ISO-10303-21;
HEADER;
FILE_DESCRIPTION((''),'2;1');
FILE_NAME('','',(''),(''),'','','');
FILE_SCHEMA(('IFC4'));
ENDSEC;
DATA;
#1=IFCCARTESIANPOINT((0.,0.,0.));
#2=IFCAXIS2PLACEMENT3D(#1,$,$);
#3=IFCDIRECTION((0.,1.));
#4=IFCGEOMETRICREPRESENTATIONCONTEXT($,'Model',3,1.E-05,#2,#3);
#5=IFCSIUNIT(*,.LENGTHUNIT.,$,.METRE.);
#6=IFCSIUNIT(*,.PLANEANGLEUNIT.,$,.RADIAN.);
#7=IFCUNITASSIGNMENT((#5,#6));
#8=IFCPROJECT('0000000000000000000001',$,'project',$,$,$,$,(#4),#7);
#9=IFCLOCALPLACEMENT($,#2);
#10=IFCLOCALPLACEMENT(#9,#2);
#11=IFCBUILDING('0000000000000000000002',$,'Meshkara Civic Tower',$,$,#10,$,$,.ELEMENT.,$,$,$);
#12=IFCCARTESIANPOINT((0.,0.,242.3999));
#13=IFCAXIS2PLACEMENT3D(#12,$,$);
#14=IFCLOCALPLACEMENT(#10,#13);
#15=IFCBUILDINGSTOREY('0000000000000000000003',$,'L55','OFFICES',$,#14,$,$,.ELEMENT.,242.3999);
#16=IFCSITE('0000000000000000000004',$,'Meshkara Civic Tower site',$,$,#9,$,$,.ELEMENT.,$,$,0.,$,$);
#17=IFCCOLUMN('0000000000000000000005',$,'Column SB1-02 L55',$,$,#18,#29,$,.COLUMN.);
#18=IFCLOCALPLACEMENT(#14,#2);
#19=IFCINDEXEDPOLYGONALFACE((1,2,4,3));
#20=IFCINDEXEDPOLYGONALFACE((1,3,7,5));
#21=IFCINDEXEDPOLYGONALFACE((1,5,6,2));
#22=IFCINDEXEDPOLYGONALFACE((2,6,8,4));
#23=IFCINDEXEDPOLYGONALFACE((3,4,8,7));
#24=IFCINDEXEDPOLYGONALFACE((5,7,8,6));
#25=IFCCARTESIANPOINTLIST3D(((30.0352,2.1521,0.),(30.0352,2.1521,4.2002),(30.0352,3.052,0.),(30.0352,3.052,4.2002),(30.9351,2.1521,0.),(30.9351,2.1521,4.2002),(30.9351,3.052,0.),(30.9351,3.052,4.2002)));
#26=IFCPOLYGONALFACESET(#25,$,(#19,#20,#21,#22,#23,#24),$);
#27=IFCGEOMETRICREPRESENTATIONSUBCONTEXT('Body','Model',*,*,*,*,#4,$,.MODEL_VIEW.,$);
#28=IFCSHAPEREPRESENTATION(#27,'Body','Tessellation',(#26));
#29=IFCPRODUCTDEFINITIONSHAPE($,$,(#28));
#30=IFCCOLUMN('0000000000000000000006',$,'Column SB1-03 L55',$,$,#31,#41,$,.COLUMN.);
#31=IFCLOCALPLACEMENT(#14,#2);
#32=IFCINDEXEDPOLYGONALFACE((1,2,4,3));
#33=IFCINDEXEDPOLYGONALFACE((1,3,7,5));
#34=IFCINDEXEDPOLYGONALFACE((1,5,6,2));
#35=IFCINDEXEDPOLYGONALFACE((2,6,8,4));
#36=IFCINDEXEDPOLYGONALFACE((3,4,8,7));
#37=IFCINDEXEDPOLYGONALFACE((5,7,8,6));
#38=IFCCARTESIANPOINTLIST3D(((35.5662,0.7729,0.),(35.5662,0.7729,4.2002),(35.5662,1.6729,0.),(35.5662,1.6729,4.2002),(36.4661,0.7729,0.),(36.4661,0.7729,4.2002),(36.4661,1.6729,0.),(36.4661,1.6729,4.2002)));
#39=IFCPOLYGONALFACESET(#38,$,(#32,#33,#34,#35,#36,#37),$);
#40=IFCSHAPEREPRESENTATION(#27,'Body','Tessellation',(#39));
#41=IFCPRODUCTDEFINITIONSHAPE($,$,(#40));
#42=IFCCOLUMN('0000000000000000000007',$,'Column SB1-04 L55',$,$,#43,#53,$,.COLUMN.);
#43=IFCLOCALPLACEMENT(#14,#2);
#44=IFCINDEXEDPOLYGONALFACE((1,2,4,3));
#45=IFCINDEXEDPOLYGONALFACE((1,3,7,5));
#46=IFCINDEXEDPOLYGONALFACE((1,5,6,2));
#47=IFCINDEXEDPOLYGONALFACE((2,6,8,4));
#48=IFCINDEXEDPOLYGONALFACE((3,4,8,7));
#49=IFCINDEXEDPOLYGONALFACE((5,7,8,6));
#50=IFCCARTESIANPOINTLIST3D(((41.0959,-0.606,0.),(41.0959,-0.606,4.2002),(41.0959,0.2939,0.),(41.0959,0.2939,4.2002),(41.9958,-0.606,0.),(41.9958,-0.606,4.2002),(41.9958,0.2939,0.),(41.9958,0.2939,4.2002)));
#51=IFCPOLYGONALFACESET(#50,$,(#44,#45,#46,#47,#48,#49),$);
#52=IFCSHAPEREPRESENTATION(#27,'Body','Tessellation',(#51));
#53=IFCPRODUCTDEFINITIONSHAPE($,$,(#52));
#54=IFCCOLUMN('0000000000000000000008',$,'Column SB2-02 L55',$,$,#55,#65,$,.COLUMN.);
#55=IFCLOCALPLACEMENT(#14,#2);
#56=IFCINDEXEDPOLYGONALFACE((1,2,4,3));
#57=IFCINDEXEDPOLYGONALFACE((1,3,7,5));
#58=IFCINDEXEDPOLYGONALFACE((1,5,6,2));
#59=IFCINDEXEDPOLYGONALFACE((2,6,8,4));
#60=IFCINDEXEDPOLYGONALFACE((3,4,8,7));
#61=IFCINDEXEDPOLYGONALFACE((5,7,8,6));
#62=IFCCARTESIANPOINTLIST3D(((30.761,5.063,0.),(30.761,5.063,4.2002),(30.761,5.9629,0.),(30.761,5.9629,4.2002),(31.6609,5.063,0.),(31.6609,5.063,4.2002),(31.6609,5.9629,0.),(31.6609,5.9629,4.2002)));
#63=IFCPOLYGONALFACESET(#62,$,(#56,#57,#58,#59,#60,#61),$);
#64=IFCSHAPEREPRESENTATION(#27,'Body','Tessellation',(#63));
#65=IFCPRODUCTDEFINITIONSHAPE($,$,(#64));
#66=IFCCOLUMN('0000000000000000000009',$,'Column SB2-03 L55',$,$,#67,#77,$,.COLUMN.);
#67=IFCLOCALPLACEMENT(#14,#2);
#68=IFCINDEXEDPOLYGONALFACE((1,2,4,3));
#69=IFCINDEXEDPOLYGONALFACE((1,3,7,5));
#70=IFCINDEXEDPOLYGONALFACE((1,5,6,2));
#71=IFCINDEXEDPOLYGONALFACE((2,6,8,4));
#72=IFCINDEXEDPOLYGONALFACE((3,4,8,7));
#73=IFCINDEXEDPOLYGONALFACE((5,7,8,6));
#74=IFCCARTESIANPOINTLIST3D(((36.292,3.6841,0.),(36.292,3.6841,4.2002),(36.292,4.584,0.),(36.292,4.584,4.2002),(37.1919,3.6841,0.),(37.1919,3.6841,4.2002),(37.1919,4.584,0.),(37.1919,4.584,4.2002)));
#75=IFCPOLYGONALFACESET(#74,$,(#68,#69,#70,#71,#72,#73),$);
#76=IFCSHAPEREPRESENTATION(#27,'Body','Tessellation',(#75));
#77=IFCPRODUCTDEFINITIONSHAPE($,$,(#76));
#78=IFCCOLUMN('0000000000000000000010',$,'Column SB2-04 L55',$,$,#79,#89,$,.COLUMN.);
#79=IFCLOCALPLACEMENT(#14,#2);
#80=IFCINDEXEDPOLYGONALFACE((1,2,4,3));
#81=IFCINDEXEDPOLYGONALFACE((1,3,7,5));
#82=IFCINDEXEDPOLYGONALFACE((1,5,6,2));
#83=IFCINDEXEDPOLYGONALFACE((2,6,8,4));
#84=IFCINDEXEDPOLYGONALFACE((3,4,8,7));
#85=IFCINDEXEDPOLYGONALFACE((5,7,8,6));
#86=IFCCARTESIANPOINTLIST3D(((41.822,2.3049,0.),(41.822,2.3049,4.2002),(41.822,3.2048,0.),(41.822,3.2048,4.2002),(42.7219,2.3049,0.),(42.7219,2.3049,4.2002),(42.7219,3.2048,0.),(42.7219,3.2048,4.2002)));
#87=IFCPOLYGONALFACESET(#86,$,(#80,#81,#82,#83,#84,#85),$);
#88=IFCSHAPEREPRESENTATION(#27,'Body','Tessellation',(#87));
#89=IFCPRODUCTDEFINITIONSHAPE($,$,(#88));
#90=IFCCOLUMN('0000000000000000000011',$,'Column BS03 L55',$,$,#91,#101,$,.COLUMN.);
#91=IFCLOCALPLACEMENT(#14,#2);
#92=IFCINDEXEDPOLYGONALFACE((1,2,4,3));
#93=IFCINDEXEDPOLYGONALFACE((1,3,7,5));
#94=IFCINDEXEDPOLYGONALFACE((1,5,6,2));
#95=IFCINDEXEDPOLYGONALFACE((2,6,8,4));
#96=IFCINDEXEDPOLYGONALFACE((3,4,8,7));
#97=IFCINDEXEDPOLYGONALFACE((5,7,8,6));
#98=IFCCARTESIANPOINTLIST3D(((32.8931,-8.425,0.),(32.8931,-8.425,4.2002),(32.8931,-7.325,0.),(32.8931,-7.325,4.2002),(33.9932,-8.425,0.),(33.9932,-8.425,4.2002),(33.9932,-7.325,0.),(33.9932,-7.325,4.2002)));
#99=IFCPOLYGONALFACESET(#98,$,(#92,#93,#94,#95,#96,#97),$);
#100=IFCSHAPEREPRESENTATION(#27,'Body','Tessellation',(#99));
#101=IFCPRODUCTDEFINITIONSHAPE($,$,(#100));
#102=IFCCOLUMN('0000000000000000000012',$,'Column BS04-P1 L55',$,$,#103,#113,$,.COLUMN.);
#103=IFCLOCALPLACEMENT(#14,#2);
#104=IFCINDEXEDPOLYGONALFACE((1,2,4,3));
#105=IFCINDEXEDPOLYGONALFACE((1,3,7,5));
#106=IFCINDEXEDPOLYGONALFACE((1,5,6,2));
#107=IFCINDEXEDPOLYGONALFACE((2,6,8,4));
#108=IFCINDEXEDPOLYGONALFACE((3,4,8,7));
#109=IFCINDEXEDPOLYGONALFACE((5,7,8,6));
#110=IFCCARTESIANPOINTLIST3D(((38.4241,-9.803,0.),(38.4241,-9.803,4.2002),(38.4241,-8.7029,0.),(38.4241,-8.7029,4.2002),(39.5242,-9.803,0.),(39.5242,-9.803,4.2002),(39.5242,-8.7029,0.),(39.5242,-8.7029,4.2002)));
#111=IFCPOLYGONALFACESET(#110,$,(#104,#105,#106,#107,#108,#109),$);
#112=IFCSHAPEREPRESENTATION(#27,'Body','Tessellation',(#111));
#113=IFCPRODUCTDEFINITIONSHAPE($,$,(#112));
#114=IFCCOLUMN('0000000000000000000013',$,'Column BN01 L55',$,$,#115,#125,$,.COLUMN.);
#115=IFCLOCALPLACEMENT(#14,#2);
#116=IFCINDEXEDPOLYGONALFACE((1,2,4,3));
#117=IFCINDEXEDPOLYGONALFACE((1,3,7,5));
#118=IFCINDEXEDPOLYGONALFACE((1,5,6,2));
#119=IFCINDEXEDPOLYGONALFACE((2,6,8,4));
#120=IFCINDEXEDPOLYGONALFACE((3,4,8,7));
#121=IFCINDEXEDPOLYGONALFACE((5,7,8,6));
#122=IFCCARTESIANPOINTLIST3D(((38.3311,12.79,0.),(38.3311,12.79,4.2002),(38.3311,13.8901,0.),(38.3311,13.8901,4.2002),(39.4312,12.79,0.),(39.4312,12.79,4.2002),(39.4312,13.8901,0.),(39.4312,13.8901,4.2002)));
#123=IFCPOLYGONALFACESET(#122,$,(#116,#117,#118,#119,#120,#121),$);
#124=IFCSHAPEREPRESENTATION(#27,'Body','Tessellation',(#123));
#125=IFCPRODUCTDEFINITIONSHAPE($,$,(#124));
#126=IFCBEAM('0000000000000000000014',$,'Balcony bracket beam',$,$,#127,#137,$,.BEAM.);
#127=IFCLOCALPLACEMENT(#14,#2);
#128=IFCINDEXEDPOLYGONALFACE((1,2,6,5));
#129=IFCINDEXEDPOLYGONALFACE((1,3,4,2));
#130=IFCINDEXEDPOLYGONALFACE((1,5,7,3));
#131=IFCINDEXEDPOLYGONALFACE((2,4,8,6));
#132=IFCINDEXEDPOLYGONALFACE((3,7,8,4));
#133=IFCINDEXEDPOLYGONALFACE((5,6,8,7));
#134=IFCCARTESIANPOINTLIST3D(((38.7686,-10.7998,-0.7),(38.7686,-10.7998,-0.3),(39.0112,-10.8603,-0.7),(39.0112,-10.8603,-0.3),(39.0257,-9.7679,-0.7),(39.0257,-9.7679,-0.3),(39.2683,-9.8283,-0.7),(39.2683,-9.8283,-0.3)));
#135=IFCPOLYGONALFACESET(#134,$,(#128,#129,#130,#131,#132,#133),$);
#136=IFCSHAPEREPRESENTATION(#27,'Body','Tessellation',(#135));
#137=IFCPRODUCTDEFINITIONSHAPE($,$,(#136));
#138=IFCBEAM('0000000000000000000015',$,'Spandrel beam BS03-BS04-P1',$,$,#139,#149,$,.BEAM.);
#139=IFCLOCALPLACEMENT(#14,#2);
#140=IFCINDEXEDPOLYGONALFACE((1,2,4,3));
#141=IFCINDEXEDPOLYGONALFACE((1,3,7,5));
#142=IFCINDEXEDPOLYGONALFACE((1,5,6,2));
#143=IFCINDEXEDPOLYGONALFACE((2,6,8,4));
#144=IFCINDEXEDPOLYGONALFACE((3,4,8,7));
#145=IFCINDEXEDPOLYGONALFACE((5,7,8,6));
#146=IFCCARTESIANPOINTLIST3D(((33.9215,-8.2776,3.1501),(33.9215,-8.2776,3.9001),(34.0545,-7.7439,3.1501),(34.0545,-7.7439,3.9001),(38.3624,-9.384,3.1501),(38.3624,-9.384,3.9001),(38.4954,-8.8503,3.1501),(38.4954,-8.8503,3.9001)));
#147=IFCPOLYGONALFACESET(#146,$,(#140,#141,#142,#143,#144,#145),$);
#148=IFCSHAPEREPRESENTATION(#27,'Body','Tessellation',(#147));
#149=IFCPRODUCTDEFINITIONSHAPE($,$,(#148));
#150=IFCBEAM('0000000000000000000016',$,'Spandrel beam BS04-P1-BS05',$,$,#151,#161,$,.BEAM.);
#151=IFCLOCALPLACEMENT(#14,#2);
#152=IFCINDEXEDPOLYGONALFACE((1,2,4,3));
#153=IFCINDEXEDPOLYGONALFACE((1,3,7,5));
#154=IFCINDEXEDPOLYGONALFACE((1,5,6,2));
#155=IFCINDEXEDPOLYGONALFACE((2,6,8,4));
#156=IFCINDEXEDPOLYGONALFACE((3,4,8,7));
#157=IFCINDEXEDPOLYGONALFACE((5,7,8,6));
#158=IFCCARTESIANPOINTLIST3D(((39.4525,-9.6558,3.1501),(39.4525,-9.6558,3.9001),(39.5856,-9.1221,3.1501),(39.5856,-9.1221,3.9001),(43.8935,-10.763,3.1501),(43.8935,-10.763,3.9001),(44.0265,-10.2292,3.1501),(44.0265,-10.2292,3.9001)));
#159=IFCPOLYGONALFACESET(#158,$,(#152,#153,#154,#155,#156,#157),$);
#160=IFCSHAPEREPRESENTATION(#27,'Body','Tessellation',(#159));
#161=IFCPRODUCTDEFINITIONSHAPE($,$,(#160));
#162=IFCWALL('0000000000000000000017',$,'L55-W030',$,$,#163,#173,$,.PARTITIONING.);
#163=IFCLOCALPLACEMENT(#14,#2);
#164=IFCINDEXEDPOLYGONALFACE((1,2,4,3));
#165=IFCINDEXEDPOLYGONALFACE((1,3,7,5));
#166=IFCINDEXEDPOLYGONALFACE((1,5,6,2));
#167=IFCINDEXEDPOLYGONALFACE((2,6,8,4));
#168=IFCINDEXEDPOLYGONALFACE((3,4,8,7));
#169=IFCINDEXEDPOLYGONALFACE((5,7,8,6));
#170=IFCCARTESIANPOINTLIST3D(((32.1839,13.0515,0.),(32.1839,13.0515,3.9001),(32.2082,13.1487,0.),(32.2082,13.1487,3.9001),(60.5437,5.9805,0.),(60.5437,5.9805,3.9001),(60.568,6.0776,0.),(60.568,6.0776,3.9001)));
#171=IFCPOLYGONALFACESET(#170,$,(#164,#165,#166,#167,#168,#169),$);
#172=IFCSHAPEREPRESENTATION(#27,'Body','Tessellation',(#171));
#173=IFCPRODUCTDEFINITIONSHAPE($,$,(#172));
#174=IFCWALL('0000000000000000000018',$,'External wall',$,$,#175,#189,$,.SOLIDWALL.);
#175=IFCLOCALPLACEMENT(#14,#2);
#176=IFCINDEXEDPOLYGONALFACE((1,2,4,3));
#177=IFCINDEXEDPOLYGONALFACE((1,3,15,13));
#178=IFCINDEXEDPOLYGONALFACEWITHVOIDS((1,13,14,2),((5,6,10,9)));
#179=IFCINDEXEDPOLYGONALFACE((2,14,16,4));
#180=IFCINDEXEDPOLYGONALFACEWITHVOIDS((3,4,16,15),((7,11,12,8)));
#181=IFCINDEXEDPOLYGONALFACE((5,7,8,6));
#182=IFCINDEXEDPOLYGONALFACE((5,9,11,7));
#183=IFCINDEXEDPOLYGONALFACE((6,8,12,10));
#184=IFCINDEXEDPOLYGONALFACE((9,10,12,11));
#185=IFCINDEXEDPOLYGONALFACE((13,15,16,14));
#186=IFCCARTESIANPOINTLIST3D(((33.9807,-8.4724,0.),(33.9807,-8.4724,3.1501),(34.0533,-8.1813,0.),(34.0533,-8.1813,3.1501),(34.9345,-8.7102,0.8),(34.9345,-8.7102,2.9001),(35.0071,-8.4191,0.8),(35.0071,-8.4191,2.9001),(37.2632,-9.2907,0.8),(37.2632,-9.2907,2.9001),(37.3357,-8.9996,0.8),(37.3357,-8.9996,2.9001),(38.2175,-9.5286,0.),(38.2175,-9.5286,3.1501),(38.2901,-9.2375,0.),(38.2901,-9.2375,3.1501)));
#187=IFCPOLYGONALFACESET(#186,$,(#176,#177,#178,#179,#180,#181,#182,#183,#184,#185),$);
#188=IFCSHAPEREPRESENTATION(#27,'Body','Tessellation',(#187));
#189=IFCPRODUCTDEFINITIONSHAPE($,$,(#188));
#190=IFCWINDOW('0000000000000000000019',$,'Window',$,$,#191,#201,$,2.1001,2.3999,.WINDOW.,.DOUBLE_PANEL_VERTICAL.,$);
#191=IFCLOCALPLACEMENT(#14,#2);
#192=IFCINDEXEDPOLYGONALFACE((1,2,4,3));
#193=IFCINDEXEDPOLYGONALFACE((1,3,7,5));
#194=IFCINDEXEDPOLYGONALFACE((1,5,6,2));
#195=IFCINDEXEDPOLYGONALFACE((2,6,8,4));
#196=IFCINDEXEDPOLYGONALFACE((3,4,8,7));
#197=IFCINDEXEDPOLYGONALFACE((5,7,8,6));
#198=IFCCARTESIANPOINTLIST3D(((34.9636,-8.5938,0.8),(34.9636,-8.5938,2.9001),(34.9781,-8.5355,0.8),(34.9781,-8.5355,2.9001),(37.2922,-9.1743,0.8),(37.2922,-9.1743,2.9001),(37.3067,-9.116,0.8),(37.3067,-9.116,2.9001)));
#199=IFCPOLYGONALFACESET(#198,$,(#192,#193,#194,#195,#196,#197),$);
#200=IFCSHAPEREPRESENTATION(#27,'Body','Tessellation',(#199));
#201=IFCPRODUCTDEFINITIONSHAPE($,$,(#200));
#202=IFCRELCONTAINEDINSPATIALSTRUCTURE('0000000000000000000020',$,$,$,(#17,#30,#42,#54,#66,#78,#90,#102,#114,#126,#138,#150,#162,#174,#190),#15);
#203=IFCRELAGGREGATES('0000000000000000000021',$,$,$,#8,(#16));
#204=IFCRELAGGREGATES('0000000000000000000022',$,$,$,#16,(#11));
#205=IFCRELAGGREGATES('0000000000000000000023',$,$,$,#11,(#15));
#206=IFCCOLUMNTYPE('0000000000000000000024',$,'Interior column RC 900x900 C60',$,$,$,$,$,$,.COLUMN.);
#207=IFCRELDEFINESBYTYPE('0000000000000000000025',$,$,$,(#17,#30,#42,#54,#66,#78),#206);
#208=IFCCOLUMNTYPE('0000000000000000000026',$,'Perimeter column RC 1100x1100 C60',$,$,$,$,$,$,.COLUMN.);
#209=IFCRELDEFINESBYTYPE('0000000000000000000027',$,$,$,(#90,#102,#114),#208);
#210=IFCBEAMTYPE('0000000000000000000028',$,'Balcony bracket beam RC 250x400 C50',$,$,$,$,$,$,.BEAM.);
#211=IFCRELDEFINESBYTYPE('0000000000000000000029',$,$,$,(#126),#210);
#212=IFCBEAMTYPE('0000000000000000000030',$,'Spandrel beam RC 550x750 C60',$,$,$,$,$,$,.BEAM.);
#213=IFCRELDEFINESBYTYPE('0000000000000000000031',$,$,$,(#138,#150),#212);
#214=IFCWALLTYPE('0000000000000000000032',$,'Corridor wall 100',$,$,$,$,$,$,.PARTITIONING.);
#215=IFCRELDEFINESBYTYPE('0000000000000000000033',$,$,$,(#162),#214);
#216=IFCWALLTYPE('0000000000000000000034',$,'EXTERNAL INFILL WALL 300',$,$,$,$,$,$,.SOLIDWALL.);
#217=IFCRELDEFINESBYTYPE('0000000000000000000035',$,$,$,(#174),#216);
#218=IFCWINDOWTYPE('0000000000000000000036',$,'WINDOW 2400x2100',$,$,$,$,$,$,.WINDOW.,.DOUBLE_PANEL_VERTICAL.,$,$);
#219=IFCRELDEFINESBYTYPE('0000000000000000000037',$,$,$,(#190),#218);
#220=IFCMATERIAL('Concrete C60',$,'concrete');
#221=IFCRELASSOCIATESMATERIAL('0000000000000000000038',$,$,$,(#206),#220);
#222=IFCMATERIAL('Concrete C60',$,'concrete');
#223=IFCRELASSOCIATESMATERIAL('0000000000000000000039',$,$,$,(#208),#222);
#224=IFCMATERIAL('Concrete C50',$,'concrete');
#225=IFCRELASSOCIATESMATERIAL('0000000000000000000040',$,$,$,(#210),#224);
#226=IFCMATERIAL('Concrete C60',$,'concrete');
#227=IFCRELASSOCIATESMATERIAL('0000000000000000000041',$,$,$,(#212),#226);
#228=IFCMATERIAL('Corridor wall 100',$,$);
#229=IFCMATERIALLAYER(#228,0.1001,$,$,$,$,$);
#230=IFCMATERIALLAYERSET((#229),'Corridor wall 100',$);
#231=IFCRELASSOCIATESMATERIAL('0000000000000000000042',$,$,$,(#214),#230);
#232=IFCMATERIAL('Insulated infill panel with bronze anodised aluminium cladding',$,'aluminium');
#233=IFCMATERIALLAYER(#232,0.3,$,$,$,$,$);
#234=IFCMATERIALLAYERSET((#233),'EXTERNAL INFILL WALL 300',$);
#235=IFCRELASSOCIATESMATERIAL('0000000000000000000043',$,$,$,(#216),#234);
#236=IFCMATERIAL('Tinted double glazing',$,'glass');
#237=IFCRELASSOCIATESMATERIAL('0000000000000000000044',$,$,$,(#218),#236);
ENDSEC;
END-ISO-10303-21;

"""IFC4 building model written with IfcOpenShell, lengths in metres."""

from ifc_helpers import new_model, si_unit, direction, frame, frame_2d, origin, origin_2d, place, context, subcontext, project, spatial, rectangle, extrude, material, layer, layer_set, material_profile, profile_set, type_object, element, fill, save


model = new_model("IFC4")

# Units and contexts
model_context = context("Model", 3, precision=1e-05, world=origin(), true_north=direction((0.0, 1.0)))
body_context = subcontext(model_context, "Body", "Model", "MODEL_VIEW")
ifc_project = project(units=[si_unit("LENGTHUNIT", "METRE"), si_unit("PLANEANGLEUNIT", "RADIAN")], contexts=[model_context])

# Site, building, storey
site_placement = place(None, origin())
site = spatial("IfcSite", under=ifc_project, at=site_placement, Name="Meshkara Civic Tower site", CompositionType="ELEMENT", RefElevation=0.0)
building_placement = place(site_placement, origin())
building = spatial("IfcBuilding", under=site, at=building_placement, Name="Meshkara Civic Tower", CompositionType="ELEMENT")
storey_placement = place(building_placement, frame((0.0, 0.0, 242.3999)))
storey = spatial("IfcBuildingStorey", under=building, at=storey_placement, Name="L55", Description="OFFICES", CompositionType="ELEMENT", Elevation=242.3999)

# Columns
ifc_material_1 = material(Name="Concrete C60", Category="concrete")
ifc_material_profile_1 = material_profile(ifc_material_1, rectangle(XDim=0.8999, YDim=0.8999, at=origin_2d()))
ifc_profile_set_1 = profile_set([ifc_material_profile_1], Name="Concrete C60")
column_type_1 = type_object("IfcColumnType", Name="Interior column RC 900x900 C60", PredefinedType="COLUMN", material=ifc_profile_set_1)
for number, where, z_axis, x_axis, name in (
    (1, (30.4851, 2.6021, 0.0), (0.0, 0.0, 1.0), (1.0, 0.0, 0.0), "Column SB1-02 L55"),
    (2, (36.0161, 1.2229, 0.0), (0.0, 0.0, 1.0), (1.0, 0.0, 0.0), "Column SB1-03 L55"),
    (3, (41.5459, -0.156, 0.0), (0.0, 0.0, 1.0), (1.0, 0.0, 0.0), "Column SB1-04 L55"),
    (4, (31.2109, 5.5129, 0.0), (0.0, 0.0, 1.0), (1.0, 0.0, 0.0), "Column SB2-02 L55"),
    (5, (36.7419, 4.134, 0.0), (0.0, 0.0, 1.0), (1.0, 0.0, 0.0), "Column SB2-03 L55"),
    (6, (42.272, 2.7549, 0.0), (0.0, 0.0, 1.0), (1.0, 0.0, 0.0), "Column SB2-04 L55"),
):
    element("IfcColumn", number, at=place(storey_placement, frame(where, z_axis=z_axis, x_axis=x_axis)), inside=storey, type_object=column_type_1, Name=name, PredefinedType="COLUMN", context=body_context, shape_type="SweptSolid", body=[
        extrude(rectangle(XDim=0.8999, YDim=0.8999, at=origin_2d()), origin(), (0.0, 0.0, 1.0), 4.2002),
    ])
ifc_material_2 = material(Name="Concrete C60", Category="concrete")
ifc_material_profile_2 = material_profile(ifc_material_2, rectangle(XDim=1.1001, YDim=1.1001, at=origin_2d()))
ifc_profile_set_2 = profile_set([ifc_material_profile_2], Name="Concrete C60")
column_type_2 = type_object("IfcColumnType", Name="Perimeter column RC 1100x1100 C60", PredefinedType="COLUMN", material=ifc_profile_set_2)
for number, where, z_axis, x_axis, name in (
    (7, (33.4431, -7.875, 0.0), (0.0, 0.0, 1.0), (1.0, 0.0, 0.0), "Column BS03 L55"),
    (8, (38.9741, -9.2529, 0.0), (0.0, 0.0, 1.0), (1.0, 0.0, 0.0), "Column BS04-P1 L55"),
    (9, (38.8811, 13.3401, 0.0), (0.0, 0.0, 1.0), (1.0, 0.0, 0.0), "Column BN01 L55"),
):
    element("IfcColumn", number, at=place(storey_placement, frame(where, z_axis=z_axis, x_axis=x_axis)), inside=storey, type_object=column_type_2, Name=name, PredefinedType="COLUMN", context=body_context, shape_type="SweptSolid", body=[
        extrude(rectangle(XDim=1.1001, YDim=1.1001, at=origin_2d()), origin(), (0.0, 0.0, 1.0), 4.2002),
    ])

# Beams
ifc_material_3 = material(Name="Concrete C50", Category="concrete")
ifc_material_profile_3 = material_profile(ifc_material_3, rectangle(XDim=0.25, YDim=0.3999, at=origin_2d()))
ifc_profile_set_3 = profile_set([ifc_material_profile_3], Name="Concrete C50")
beam_type_1 = type_object("IfcBeamType", Name="Balcony bracket beam RC 250x400 C50", PredefinedType="BEAM", material=ifc_profile_set_3)
beam_1_placement = place(storey_placement, frame((39.147, -9.7981, -0.5), z_axis=(-0.241725, -0.970345, 0.0), x_axis=(0.970345, -0.241725, 0.0)))
element("IfcBeam", 10, at=beam_1_placement, inside=storey, type_object=beam_type_1, Name="Balcony bracket beam", PredefinedType="BEAM", context=body_context, shape_type="SweptSolid", body=[
    extrude(rectangle(XDim=0.25, YDim=0.3999, at=origin_2d()), origin(), (0.0, 0.0, 1.0), 1.0635),
])
ifc_material_4 = material(Name="Concrete C60", Category="concrete")
ifc_material_profile_4 = material_profile(ifc_material_4, rectangle(XDim=0.55, YDim=0.75, at=origin_2d()))
ifc_profile_set_4 = profile_set([ifc_material_profile_4], Name="Concrete C60")
beam_type_2 = type_object("IfcBeamType", Name="Spandrel beam RC 550x750 C60", PredefinedType="BEAM", material=ifc_profile_set_4)
beam_2_placement = place(storey_placement, frame((33.988, -8.0107, 3.5251), z_axis=(0.970337, -0.241757, 0.0), x_axis=(0.241757, 0.970337, 0.0)))
element("IfcBeam", 11, at=beam_2_placement, inside=storey, type_object=beam_type_2, Name="Spandrel beam BS03-BS04-P1", PredefinedType="BEAM", context=body_context, shape_type="SweptSolid", body=[
    extrude(rectangle(XDim=0.55, YDim=0.75, at=origin_2d()), origin(), (0.0, 0.0, 1.0), 4.5767),
])
beam_3_placement = place(storey_placement, frame((39.519, -9.3889, 3.5251), z_axis=(0.970299, -0.241908, 0.0), x_axis=(0.241908, 0.970299, 0.0)))
element("IfcBeam", 12, at=beam_3_placement, inside=storey, type_object=beam_type_2, Name="Spandrel beam BS04-P1-BS05", PredefinedType="BEAM", context=body_context, shape_type="SweptSolid", body=[
    extrude(rectangle(XDim=0.55, YDim=0.75, at=origin_2d()), origin(), (0.0, 0.0, 1.0), 4.5769),
])

# Wall
ifc_material_5 = material(Name="Corridor wall 100")
ifc_layer_1 = layer(ifc_material_5, 0.1001)
ifc_layer_set_1 = layer_set([ifc_layer_1], Name="Corridor wall 100")
wall_type_1 = type_object("IfcWallType", Name="Corridor wall 100", PredefinedType="PARTITIONING", material=ifc_layer_set_1)
wall_1_placement = place(storey_placement, frame((32.196, 13.1001, 0.0), z_axis=(0.0, 0.0, 1.0), x_axis=(0.970295, -0.241926, 0.0)))
element("IfcWall", 13, at=wall_1_placement, inside=storey, type_object=wall_type_1, Name="L55-W030", PredefinedType="PARTITIONING", context=body_context, shape_type="SweptSolid", body=[
    extrude(rectangle(XDim=29.228, YDim=0.1001, at=frame_2d((14.614, 0.0))), origin(), (0.0, 0.0, 1.0), 3.9001),
])

# Wall, opening, window
ifc_material_6 = material(Name="Insulated infill panel with bronze anodised aluminium cladding", Category="aluminium")
ifc_layer_2 = layer(ifc_material_6, 0.3)
ifc_layer_set_2 = layer_set([ifc_layer_2], Name="EXTERNAL INFILL WALL 300")
wall_type_2 = type_object("IfcWallType", Name="EXTERNAL INFILL WALL 300", PredefinedType="SOLIDWALL", material=ifc_layer_set_2)
wall_2_placement = place(storey_placement, frame((34.0171, -8.3269, 0.0), z_axis=(0.0, 0.0, 1.0), x_axis=(0.970307, -0.241878, 0.0)))
wall_2 = element("IfcWall", 14, at=wall_2_placement, inside=storey, type_object=wall_type_2, Name="External wall", PredefinedType="SOLIDWALL", context=body_context, shape_type="SweptSolid", body=[
    extrude(rectangle(XDim=4.3665, YDim=0.3, at=frame_2d((2.1831, 0.0))), origin(), (0.0, 0.0, 1.0), 3.1501),
])
opening_1_placement = place(wall_2_placement, frame((0.9829, 0.0, 0.8)))
opening_1 = element("IfcOpeningElement", 15, at=opening_1_placement, cuts=wall_2, PredefinedType="OPENING", context=body_context, shape_type="SweptSolid", body=[
    extrude(rectangle(XDim=2.3999, YDim=2.1001, at=frame_2d((1.2, 1.05))), frame((0.0, 0.1599, 0.0), z_axis=(0.0, -1.0, 0.0), x_axis=(1.0, 0.0, 0.0)), (0.0, 0.0, 1.0), 0.3201),
])
ifc_material_7 = material(Name="Tinted double glazing", Category="glass")
window_type = type_object("IfcWindowType", Name="WINDOW 2400x2100", PartitioningType="DOUBLE_PANEL_VERTICAL", PredefinedType="WINDOW", material=ifc_material_7)
window_placement = place(opening_1_placement, origin())
window = element("IfcWindow", 16, at=window_placement, inside=storey, type_object=window_type, Name="Window", OverallHeight=2.1001, OverallWidth=2.3999, PartitioningType="DOUBLE_PANEL_VERTICAL", PredefinedType="WINDOW", context=body_context, shape_type="SweptSolid", body=[
    extrude(rectangle(XDim=2.3999, YDim=2.1001, at=frame_2d((1.2, 1.05))), frame((0.0, 0.03, 0.0), z_axis=(0.0, -1.0, 0.0), x_axis=(1.0, 0.0, 0.0)), (0.0, 0.0, 1.0), 0.0601),
])
fill(opening_1, window)

save(model, "model.ifc")
